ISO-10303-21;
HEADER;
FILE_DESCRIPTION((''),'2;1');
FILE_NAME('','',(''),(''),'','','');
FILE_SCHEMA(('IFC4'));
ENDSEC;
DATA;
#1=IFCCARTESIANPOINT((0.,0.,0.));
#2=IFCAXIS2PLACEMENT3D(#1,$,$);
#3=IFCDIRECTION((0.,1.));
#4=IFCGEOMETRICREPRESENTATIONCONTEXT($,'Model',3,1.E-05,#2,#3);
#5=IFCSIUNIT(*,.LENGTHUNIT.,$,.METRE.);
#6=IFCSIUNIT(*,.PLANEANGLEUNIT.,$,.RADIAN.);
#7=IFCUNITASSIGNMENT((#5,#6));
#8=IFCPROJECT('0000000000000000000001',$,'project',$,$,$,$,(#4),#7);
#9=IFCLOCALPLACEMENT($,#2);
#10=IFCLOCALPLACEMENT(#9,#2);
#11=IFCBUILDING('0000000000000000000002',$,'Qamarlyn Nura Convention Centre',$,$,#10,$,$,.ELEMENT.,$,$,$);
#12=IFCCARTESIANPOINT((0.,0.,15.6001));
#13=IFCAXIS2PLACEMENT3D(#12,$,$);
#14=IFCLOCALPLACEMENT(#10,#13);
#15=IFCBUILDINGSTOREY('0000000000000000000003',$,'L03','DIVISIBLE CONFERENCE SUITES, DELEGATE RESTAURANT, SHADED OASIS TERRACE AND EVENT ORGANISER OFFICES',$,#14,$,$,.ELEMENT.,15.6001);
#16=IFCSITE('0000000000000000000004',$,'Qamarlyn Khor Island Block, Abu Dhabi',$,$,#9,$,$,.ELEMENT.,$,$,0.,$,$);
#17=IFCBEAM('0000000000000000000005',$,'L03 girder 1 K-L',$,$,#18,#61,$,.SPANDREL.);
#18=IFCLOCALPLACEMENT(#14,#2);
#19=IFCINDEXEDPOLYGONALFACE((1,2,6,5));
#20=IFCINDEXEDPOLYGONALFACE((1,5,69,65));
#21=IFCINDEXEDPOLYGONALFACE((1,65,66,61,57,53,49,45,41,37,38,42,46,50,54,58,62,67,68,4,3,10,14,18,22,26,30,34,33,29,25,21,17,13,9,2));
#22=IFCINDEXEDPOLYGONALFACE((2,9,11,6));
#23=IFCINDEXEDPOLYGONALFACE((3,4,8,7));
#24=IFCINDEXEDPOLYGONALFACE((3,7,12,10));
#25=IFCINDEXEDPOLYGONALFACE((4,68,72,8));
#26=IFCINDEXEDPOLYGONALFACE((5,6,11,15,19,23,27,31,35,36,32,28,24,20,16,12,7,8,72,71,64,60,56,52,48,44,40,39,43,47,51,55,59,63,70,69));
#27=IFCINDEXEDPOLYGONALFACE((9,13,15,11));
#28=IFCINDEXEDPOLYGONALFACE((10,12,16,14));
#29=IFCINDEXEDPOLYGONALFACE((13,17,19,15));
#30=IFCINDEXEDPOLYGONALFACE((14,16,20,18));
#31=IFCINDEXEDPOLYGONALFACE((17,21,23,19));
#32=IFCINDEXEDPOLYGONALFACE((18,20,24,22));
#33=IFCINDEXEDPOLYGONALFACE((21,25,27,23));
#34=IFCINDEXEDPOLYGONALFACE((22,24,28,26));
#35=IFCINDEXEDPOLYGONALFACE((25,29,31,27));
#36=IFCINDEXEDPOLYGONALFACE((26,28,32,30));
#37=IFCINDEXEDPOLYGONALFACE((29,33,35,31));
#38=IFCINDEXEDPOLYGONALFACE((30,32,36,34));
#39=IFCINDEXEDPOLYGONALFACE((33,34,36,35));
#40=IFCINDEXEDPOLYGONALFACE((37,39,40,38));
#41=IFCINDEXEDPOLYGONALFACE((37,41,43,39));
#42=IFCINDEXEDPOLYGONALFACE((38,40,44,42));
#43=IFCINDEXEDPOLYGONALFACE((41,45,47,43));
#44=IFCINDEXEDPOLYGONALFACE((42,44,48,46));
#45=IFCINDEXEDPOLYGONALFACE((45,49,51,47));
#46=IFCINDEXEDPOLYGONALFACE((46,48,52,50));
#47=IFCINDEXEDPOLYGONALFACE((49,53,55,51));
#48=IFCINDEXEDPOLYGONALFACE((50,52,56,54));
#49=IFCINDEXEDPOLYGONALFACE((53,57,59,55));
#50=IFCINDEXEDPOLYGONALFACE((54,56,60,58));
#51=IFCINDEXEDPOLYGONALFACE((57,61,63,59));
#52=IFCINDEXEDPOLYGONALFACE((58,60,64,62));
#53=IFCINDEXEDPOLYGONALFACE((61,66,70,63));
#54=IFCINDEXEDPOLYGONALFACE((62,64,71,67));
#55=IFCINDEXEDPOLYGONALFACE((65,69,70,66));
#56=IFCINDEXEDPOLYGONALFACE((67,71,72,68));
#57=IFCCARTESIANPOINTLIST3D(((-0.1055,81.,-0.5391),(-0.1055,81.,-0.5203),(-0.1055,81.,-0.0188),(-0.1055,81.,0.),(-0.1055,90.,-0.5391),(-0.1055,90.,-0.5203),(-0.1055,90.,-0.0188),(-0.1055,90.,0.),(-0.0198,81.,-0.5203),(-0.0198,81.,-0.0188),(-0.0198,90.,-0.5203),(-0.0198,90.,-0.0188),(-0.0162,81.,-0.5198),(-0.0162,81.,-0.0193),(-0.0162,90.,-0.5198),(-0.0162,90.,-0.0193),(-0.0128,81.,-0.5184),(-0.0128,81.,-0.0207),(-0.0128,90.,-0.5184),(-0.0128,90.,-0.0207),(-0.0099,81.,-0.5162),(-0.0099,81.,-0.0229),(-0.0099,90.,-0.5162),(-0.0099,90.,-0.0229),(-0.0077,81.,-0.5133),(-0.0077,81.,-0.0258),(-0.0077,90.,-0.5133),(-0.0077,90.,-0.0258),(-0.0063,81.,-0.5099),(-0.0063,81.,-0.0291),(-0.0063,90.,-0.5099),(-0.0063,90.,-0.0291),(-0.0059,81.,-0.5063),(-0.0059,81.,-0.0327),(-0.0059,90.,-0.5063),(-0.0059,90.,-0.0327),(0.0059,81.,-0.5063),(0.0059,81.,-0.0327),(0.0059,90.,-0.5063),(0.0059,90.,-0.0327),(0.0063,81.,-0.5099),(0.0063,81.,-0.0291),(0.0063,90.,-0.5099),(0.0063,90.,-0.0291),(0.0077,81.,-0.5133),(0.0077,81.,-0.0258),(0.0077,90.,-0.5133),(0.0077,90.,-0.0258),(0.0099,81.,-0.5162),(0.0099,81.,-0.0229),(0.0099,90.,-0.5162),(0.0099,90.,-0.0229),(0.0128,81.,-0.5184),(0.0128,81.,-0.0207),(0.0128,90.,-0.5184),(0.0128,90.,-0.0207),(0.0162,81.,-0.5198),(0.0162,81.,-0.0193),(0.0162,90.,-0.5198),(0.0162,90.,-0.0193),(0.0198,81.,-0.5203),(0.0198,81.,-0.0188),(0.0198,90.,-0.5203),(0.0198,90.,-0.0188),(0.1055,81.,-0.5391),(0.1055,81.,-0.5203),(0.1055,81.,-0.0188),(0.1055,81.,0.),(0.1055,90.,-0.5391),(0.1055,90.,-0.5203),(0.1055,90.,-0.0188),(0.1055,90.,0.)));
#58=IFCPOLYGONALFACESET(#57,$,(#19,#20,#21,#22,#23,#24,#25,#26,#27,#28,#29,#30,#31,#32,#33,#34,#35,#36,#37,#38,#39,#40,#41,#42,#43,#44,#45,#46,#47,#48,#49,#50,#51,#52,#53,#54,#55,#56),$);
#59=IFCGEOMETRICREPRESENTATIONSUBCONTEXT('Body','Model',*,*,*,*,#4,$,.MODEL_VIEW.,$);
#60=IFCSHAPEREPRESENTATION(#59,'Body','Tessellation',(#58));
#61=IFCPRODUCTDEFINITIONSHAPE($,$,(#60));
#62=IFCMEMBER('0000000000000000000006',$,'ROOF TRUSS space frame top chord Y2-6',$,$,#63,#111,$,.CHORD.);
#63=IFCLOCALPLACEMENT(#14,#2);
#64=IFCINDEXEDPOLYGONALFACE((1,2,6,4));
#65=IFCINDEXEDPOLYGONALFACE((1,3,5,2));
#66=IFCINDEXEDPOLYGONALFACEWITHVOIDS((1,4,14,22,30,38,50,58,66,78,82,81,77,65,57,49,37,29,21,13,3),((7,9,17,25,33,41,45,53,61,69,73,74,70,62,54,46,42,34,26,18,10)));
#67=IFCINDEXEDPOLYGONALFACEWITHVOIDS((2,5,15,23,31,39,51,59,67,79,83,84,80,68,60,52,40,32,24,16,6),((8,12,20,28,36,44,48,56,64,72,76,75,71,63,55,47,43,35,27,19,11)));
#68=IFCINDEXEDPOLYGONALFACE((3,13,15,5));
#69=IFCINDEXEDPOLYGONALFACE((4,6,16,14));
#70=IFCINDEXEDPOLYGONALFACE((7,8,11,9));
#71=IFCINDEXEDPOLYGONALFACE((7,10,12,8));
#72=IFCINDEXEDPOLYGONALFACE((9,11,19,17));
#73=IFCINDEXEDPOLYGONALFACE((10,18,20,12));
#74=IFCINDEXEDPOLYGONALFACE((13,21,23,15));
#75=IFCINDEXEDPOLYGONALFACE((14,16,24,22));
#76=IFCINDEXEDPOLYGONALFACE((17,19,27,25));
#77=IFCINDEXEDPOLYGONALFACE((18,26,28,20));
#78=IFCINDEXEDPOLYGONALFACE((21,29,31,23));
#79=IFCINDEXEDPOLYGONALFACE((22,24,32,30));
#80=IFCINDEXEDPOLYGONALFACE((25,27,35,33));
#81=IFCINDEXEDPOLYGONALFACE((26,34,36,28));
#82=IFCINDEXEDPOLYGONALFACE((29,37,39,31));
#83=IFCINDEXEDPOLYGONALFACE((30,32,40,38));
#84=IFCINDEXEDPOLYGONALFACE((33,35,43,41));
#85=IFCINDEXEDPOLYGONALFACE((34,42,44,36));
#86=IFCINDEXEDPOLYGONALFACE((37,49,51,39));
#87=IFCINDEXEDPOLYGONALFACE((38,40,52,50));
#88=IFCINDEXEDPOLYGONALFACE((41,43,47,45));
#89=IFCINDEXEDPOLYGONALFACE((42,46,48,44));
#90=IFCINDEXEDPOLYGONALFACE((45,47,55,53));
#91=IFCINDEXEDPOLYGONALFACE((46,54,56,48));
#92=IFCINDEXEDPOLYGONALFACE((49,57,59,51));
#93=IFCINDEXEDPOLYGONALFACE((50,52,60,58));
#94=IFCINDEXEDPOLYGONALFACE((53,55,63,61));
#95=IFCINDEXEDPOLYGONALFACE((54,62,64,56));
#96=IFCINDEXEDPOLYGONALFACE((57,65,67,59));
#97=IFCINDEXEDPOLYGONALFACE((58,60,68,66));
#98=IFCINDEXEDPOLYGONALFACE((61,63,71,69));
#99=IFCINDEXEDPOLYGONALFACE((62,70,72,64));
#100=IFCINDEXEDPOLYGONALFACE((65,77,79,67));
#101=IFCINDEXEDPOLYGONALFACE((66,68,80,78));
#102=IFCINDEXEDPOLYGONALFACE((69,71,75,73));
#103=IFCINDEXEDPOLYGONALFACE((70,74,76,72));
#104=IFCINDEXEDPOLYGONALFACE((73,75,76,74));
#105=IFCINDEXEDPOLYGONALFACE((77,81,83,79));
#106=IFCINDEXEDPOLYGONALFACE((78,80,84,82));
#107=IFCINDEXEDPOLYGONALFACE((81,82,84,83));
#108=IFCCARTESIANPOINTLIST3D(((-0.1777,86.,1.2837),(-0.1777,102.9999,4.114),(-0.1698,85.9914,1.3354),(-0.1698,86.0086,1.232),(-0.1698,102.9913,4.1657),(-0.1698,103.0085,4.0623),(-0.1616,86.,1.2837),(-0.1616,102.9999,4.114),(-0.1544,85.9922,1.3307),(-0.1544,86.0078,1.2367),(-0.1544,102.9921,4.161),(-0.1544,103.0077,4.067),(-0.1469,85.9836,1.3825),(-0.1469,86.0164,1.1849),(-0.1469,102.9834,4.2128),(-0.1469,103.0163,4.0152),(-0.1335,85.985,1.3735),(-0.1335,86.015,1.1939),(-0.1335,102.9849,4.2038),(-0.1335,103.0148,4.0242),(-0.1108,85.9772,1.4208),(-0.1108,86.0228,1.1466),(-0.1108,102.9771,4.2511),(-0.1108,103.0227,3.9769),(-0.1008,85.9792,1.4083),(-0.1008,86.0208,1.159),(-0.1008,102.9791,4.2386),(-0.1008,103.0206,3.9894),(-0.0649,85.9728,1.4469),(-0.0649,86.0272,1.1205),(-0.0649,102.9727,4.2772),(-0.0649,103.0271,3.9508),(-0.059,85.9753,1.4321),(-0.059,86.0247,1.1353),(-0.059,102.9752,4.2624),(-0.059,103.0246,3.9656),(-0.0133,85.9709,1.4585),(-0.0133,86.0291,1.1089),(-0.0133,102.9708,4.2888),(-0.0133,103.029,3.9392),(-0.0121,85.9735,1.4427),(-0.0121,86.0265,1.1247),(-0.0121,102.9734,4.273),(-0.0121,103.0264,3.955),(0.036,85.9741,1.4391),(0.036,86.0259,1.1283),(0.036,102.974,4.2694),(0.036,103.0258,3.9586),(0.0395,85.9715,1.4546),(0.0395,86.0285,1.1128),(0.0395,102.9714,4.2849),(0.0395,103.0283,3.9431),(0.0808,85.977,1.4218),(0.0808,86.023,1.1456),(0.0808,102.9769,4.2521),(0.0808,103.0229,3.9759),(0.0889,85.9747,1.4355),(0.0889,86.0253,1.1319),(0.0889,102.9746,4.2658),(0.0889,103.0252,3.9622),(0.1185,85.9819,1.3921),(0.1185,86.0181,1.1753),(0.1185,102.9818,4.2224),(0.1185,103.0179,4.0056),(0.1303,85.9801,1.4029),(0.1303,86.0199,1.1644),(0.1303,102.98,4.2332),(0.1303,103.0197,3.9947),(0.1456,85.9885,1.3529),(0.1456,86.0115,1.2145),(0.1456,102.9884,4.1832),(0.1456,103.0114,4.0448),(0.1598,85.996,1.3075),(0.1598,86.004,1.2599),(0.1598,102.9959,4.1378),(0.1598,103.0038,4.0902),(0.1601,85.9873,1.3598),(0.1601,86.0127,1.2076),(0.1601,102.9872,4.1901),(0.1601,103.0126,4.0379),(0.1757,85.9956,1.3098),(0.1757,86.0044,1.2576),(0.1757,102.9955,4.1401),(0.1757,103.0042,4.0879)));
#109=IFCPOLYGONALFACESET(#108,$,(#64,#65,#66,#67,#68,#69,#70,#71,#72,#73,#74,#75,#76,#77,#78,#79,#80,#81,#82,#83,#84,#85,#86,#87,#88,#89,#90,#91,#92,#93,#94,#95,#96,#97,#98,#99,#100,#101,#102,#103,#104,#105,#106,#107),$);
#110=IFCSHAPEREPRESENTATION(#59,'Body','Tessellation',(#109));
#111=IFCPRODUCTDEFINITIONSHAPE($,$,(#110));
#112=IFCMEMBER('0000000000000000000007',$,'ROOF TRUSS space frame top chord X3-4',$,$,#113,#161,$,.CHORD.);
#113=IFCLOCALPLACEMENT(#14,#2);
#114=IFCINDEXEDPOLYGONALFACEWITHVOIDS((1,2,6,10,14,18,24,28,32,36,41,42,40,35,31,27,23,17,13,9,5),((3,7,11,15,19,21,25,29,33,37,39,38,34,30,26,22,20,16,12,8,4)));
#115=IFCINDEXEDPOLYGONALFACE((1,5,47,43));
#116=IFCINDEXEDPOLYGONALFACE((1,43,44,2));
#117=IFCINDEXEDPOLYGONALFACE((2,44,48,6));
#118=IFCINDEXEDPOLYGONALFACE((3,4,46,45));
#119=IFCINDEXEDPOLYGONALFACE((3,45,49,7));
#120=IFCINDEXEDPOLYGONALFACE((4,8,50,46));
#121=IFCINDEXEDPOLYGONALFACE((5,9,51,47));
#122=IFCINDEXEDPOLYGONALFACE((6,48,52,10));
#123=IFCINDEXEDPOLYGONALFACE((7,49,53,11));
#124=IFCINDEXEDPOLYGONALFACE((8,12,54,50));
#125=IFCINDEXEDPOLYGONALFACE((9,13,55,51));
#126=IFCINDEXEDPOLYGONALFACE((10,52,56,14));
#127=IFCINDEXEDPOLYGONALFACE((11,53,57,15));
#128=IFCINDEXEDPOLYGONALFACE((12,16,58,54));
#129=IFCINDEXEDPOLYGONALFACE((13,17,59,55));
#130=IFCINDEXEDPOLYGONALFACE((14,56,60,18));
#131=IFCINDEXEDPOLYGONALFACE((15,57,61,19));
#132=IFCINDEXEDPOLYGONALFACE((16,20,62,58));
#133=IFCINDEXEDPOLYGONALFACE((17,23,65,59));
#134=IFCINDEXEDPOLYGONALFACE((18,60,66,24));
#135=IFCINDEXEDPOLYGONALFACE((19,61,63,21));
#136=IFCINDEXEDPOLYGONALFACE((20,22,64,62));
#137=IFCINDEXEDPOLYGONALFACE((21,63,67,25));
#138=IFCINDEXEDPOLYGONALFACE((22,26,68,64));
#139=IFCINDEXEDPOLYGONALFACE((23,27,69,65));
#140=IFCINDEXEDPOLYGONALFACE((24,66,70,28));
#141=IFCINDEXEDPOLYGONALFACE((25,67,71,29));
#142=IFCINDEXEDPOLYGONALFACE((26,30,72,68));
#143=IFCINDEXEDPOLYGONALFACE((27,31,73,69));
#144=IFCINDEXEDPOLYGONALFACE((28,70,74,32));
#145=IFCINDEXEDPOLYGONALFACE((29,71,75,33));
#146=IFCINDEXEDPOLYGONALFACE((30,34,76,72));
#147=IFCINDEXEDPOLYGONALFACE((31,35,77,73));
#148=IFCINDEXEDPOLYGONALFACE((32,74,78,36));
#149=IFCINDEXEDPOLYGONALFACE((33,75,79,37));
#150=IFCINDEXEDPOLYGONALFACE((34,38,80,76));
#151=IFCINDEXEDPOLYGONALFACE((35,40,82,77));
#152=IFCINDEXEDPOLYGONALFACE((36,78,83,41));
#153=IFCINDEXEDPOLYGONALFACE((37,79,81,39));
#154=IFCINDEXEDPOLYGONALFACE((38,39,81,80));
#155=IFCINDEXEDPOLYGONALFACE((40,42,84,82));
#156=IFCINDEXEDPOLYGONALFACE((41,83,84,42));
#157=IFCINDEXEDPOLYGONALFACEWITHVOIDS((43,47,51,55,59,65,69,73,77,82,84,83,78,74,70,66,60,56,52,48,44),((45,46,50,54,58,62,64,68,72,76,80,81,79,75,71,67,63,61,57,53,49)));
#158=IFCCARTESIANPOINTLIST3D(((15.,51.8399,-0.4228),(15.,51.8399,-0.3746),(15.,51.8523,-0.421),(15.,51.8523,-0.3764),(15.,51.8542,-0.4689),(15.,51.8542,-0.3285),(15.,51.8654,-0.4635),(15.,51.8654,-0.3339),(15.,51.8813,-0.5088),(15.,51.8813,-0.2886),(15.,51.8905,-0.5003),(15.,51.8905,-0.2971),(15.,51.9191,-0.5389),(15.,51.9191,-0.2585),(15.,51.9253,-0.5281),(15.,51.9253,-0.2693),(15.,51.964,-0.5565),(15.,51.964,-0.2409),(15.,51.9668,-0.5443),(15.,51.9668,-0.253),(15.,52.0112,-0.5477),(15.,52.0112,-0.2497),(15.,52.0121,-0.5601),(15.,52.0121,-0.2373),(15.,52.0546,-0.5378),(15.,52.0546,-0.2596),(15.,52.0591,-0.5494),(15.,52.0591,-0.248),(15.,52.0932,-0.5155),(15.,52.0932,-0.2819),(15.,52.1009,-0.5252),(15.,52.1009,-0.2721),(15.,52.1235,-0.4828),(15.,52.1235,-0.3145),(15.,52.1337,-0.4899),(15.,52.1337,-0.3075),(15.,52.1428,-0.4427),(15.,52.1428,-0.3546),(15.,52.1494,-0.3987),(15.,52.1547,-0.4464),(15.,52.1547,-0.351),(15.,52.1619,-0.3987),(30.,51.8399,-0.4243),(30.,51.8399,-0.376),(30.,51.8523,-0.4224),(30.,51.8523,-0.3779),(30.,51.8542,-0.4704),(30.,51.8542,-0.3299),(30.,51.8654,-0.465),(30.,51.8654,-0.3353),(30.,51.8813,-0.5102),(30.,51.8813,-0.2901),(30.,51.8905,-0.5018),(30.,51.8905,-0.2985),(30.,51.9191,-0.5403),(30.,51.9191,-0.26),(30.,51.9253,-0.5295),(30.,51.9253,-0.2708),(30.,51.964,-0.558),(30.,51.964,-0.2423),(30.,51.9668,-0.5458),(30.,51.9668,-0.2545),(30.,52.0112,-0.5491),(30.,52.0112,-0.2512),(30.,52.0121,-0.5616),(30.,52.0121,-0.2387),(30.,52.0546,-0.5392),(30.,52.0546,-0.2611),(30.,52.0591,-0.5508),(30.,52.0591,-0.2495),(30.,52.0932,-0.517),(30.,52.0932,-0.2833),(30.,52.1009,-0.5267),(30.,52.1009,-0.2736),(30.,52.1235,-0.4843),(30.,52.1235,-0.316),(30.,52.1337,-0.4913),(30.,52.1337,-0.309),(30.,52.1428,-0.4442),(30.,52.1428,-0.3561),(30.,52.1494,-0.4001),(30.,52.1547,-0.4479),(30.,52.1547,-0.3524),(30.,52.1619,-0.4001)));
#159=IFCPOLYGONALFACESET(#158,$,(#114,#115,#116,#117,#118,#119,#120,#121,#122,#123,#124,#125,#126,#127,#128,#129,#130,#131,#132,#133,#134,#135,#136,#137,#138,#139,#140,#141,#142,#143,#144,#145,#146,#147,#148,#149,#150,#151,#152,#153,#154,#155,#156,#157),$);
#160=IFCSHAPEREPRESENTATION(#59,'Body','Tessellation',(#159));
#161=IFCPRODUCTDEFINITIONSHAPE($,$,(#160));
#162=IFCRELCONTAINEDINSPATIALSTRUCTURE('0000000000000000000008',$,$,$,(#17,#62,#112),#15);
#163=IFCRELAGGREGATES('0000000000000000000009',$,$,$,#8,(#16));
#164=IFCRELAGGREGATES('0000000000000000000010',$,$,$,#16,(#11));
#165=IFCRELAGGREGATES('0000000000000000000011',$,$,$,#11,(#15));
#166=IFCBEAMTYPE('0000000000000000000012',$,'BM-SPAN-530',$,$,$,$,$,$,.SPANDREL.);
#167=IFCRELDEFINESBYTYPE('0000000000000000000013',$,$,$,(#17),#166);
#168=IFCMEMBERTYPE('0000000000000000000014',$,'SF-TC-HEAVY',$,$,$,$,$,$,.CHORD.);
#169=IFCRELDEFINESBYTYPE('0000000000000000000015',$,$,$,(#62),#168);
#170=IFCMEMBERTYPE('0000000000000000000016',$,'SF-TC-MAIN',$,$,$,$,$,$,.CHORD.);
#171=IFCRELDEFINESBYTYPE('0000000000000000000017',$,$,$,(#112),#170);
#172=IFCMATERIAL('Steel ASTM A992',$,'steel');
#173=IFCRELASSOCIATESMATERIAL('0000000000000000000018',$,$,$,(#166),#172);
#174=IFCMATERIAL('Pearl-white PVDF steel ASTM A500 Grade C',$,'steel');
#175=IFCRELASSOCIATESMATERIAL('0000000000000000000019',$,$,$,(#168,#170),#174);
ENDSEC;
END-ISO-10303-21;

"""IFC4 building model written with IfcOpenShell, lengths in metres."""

from ifc_helpers import new_model, si_unit, direction, frame, origin, origin_2d, place, context, subcontext, project, spatial, hollow_circle, i_section, extrude, material, material_profile, profile_set, type_object, element, save


model = new_model("IFC4")

# Units and contexts
model_context = context("Model", 3, precision=1e-05, world=origin(), true_north=direction((0.0, 1.0)))
body_context = subcontext(model_context, "Body", "Model", "MODEL_VIEW")
ifc_project = project(units=[si_unit("LENGTHUNIT", "METRE"), si_unit("PLANEANGLEUNIT", "RADIAN")], contexts=[model_context])

# Site, building, storey
site_placement = place(None, origin())
site = spatial("IfcSite", under=ifc_project, at=site_placement, Name="Qamarlyn Khor Island Block, Abu Dhabi", CompositionType="ELEMENT", RefElevation=0.0)
building_placement = place(site_placement, origin())
building = spatial("IfcBuilding", under=site, at=building_placement, Name="Qamarlyn Nura Convention Centre", CompositionType="ELEMENT")
storey_placement = place(building_placement, frame((0.0, 0.0, 15.6001)))
storey = spatial("IfcBuildingStorey", under=building, at=storey_placement, Name="L03", Description="DIVISIBLE CONFERENCE SUITES, DELEGATE RESTAURANT, SHADED OASIS TERRACE AND EVENT ORGANISER OFFICES", CompositionType="ELEMENT", Elevation=15.6001)

# Beam
ifc_material_1 = material(Name="Steel ASTM A992", Category="steel")
ifc_material_profile_1 = material_profile(ifc_material_1, i_section(OverallWidth=0.2109, OverallDepth=0.5391, WebThickness=0.0117, FlangeThickness=0.0188, FilletRadius=0.0139, at=origin_2d()), Name="W530X109")
ifc_profile_set_1 = profile_set([ifc_material_profile_1], Name="Steel ASTM A992")
beam_type = type_object("IfcBeamType", Name="BM-SPAN-530", PredefinedType="SPANDREL", material=ifc_profile_set_1)
beam_placement = place(storey_placement, frame((0.0, 81.0, -0.2695), z_axis=(0.0, 1.0, 0.0), x_axis=(-1.0, 0.0, 0.0)))
element("IfcBeam", 1, at=beam_placement, inside=storey, type_object=beam_type, Name="L03 girder 1 K-L", PredefinedType="SPANDREL", context=body_context, shape_type="SweptSolid", body=[
    extrude(i_section(OverallWidth=0.2109, OverallDepth=0.5391, WebThickness=0.0117, FlangeThickness=0.0188, FilletRadius=0.0139, at=origin_2d()), origin(), (0.0, 0.0, 1.0), 9.0),
])

# Members
ifc_material_2 = material(Name="Pearl-white PVDF steel ASTM A500 Grade C", Category="steel")
ifc_material_profile_2 = material_profile(ifc_material_2, hollow_circle(Radius=0.1777, WallThickness=0.0161, at=origin_2d()), Name="CHS355.6X16")
ifc_profile_set_2 = profile_set([ifc_material_profile_2], Name="Pearl-white PVDF steel ASTM A500 Grade C")
member_type_1 = type_object("IfcMemberType", Name="SF-TC-HEAVY", PredefinedType="CHORD", material=ifc_profile_set_2)
member_1_placement = place(storey_placement, frame((0.0, 86.0, 1.2837), z_axis=(0.0, 0.986422, 0.164229), x_axis=(-1.0, 0.0, 0.0)))
element("IfcMember", 2, at=member_1_placement, inside=storey, type_object=member_type_1, Name="ROOF TRUSS space frame top chord Y2-6", PredefinedType="CHORD", context=body_context, shape_type="SweptSolid", body=[
    extrude(hollow_circle(Radius=0.1777, WallThickness=0.0161, at=origin_2d()), origin(), (0.0, 0.0, 1.0), 17.2339),
])
ifc_material_profile_3 = material_profile(ifc_material_2, hollow_circle(Radius=0.1619, WallThickness=0.0125, at=origin_2d()), Name="CHS323.9X12.5")
ifc_profile_set_3 = profile_set([ifc_material_profile_3], Name="Pearl-white PVDF steel ASTM A500 Grade C")
member_type_2 = type_object("IfcMemberType", Name="SF-TC-MAIN", PredefinedType="CHORD", material=ifc_profile_set_3)
for number, where, z_axis, x_axis, name in (
    (3, (15.0, 52.0, -0.3987), (1.0, 0.0, -0.000098), (0.0, 1.0, 0.0), "ROOF TRUSS space frame top chord X3-4"),
):
    element("IfcMember", number, at=place(storey_placement, frame(where, z_axis=z_axis, x_axis=x_axis)), inside=storey, type_object=member_type_2, Name=name, PredefinedType="CHORD", context=body_context, shape_type="SweptSolid", body=[
        extrude(hollow_circle(Radius=0.1619, WallThickness=0.0125, at=origin_2d()), origin(), (0.0, 0.0, 1.0), 15.0),
    ])

save(model, "model.ifc")
